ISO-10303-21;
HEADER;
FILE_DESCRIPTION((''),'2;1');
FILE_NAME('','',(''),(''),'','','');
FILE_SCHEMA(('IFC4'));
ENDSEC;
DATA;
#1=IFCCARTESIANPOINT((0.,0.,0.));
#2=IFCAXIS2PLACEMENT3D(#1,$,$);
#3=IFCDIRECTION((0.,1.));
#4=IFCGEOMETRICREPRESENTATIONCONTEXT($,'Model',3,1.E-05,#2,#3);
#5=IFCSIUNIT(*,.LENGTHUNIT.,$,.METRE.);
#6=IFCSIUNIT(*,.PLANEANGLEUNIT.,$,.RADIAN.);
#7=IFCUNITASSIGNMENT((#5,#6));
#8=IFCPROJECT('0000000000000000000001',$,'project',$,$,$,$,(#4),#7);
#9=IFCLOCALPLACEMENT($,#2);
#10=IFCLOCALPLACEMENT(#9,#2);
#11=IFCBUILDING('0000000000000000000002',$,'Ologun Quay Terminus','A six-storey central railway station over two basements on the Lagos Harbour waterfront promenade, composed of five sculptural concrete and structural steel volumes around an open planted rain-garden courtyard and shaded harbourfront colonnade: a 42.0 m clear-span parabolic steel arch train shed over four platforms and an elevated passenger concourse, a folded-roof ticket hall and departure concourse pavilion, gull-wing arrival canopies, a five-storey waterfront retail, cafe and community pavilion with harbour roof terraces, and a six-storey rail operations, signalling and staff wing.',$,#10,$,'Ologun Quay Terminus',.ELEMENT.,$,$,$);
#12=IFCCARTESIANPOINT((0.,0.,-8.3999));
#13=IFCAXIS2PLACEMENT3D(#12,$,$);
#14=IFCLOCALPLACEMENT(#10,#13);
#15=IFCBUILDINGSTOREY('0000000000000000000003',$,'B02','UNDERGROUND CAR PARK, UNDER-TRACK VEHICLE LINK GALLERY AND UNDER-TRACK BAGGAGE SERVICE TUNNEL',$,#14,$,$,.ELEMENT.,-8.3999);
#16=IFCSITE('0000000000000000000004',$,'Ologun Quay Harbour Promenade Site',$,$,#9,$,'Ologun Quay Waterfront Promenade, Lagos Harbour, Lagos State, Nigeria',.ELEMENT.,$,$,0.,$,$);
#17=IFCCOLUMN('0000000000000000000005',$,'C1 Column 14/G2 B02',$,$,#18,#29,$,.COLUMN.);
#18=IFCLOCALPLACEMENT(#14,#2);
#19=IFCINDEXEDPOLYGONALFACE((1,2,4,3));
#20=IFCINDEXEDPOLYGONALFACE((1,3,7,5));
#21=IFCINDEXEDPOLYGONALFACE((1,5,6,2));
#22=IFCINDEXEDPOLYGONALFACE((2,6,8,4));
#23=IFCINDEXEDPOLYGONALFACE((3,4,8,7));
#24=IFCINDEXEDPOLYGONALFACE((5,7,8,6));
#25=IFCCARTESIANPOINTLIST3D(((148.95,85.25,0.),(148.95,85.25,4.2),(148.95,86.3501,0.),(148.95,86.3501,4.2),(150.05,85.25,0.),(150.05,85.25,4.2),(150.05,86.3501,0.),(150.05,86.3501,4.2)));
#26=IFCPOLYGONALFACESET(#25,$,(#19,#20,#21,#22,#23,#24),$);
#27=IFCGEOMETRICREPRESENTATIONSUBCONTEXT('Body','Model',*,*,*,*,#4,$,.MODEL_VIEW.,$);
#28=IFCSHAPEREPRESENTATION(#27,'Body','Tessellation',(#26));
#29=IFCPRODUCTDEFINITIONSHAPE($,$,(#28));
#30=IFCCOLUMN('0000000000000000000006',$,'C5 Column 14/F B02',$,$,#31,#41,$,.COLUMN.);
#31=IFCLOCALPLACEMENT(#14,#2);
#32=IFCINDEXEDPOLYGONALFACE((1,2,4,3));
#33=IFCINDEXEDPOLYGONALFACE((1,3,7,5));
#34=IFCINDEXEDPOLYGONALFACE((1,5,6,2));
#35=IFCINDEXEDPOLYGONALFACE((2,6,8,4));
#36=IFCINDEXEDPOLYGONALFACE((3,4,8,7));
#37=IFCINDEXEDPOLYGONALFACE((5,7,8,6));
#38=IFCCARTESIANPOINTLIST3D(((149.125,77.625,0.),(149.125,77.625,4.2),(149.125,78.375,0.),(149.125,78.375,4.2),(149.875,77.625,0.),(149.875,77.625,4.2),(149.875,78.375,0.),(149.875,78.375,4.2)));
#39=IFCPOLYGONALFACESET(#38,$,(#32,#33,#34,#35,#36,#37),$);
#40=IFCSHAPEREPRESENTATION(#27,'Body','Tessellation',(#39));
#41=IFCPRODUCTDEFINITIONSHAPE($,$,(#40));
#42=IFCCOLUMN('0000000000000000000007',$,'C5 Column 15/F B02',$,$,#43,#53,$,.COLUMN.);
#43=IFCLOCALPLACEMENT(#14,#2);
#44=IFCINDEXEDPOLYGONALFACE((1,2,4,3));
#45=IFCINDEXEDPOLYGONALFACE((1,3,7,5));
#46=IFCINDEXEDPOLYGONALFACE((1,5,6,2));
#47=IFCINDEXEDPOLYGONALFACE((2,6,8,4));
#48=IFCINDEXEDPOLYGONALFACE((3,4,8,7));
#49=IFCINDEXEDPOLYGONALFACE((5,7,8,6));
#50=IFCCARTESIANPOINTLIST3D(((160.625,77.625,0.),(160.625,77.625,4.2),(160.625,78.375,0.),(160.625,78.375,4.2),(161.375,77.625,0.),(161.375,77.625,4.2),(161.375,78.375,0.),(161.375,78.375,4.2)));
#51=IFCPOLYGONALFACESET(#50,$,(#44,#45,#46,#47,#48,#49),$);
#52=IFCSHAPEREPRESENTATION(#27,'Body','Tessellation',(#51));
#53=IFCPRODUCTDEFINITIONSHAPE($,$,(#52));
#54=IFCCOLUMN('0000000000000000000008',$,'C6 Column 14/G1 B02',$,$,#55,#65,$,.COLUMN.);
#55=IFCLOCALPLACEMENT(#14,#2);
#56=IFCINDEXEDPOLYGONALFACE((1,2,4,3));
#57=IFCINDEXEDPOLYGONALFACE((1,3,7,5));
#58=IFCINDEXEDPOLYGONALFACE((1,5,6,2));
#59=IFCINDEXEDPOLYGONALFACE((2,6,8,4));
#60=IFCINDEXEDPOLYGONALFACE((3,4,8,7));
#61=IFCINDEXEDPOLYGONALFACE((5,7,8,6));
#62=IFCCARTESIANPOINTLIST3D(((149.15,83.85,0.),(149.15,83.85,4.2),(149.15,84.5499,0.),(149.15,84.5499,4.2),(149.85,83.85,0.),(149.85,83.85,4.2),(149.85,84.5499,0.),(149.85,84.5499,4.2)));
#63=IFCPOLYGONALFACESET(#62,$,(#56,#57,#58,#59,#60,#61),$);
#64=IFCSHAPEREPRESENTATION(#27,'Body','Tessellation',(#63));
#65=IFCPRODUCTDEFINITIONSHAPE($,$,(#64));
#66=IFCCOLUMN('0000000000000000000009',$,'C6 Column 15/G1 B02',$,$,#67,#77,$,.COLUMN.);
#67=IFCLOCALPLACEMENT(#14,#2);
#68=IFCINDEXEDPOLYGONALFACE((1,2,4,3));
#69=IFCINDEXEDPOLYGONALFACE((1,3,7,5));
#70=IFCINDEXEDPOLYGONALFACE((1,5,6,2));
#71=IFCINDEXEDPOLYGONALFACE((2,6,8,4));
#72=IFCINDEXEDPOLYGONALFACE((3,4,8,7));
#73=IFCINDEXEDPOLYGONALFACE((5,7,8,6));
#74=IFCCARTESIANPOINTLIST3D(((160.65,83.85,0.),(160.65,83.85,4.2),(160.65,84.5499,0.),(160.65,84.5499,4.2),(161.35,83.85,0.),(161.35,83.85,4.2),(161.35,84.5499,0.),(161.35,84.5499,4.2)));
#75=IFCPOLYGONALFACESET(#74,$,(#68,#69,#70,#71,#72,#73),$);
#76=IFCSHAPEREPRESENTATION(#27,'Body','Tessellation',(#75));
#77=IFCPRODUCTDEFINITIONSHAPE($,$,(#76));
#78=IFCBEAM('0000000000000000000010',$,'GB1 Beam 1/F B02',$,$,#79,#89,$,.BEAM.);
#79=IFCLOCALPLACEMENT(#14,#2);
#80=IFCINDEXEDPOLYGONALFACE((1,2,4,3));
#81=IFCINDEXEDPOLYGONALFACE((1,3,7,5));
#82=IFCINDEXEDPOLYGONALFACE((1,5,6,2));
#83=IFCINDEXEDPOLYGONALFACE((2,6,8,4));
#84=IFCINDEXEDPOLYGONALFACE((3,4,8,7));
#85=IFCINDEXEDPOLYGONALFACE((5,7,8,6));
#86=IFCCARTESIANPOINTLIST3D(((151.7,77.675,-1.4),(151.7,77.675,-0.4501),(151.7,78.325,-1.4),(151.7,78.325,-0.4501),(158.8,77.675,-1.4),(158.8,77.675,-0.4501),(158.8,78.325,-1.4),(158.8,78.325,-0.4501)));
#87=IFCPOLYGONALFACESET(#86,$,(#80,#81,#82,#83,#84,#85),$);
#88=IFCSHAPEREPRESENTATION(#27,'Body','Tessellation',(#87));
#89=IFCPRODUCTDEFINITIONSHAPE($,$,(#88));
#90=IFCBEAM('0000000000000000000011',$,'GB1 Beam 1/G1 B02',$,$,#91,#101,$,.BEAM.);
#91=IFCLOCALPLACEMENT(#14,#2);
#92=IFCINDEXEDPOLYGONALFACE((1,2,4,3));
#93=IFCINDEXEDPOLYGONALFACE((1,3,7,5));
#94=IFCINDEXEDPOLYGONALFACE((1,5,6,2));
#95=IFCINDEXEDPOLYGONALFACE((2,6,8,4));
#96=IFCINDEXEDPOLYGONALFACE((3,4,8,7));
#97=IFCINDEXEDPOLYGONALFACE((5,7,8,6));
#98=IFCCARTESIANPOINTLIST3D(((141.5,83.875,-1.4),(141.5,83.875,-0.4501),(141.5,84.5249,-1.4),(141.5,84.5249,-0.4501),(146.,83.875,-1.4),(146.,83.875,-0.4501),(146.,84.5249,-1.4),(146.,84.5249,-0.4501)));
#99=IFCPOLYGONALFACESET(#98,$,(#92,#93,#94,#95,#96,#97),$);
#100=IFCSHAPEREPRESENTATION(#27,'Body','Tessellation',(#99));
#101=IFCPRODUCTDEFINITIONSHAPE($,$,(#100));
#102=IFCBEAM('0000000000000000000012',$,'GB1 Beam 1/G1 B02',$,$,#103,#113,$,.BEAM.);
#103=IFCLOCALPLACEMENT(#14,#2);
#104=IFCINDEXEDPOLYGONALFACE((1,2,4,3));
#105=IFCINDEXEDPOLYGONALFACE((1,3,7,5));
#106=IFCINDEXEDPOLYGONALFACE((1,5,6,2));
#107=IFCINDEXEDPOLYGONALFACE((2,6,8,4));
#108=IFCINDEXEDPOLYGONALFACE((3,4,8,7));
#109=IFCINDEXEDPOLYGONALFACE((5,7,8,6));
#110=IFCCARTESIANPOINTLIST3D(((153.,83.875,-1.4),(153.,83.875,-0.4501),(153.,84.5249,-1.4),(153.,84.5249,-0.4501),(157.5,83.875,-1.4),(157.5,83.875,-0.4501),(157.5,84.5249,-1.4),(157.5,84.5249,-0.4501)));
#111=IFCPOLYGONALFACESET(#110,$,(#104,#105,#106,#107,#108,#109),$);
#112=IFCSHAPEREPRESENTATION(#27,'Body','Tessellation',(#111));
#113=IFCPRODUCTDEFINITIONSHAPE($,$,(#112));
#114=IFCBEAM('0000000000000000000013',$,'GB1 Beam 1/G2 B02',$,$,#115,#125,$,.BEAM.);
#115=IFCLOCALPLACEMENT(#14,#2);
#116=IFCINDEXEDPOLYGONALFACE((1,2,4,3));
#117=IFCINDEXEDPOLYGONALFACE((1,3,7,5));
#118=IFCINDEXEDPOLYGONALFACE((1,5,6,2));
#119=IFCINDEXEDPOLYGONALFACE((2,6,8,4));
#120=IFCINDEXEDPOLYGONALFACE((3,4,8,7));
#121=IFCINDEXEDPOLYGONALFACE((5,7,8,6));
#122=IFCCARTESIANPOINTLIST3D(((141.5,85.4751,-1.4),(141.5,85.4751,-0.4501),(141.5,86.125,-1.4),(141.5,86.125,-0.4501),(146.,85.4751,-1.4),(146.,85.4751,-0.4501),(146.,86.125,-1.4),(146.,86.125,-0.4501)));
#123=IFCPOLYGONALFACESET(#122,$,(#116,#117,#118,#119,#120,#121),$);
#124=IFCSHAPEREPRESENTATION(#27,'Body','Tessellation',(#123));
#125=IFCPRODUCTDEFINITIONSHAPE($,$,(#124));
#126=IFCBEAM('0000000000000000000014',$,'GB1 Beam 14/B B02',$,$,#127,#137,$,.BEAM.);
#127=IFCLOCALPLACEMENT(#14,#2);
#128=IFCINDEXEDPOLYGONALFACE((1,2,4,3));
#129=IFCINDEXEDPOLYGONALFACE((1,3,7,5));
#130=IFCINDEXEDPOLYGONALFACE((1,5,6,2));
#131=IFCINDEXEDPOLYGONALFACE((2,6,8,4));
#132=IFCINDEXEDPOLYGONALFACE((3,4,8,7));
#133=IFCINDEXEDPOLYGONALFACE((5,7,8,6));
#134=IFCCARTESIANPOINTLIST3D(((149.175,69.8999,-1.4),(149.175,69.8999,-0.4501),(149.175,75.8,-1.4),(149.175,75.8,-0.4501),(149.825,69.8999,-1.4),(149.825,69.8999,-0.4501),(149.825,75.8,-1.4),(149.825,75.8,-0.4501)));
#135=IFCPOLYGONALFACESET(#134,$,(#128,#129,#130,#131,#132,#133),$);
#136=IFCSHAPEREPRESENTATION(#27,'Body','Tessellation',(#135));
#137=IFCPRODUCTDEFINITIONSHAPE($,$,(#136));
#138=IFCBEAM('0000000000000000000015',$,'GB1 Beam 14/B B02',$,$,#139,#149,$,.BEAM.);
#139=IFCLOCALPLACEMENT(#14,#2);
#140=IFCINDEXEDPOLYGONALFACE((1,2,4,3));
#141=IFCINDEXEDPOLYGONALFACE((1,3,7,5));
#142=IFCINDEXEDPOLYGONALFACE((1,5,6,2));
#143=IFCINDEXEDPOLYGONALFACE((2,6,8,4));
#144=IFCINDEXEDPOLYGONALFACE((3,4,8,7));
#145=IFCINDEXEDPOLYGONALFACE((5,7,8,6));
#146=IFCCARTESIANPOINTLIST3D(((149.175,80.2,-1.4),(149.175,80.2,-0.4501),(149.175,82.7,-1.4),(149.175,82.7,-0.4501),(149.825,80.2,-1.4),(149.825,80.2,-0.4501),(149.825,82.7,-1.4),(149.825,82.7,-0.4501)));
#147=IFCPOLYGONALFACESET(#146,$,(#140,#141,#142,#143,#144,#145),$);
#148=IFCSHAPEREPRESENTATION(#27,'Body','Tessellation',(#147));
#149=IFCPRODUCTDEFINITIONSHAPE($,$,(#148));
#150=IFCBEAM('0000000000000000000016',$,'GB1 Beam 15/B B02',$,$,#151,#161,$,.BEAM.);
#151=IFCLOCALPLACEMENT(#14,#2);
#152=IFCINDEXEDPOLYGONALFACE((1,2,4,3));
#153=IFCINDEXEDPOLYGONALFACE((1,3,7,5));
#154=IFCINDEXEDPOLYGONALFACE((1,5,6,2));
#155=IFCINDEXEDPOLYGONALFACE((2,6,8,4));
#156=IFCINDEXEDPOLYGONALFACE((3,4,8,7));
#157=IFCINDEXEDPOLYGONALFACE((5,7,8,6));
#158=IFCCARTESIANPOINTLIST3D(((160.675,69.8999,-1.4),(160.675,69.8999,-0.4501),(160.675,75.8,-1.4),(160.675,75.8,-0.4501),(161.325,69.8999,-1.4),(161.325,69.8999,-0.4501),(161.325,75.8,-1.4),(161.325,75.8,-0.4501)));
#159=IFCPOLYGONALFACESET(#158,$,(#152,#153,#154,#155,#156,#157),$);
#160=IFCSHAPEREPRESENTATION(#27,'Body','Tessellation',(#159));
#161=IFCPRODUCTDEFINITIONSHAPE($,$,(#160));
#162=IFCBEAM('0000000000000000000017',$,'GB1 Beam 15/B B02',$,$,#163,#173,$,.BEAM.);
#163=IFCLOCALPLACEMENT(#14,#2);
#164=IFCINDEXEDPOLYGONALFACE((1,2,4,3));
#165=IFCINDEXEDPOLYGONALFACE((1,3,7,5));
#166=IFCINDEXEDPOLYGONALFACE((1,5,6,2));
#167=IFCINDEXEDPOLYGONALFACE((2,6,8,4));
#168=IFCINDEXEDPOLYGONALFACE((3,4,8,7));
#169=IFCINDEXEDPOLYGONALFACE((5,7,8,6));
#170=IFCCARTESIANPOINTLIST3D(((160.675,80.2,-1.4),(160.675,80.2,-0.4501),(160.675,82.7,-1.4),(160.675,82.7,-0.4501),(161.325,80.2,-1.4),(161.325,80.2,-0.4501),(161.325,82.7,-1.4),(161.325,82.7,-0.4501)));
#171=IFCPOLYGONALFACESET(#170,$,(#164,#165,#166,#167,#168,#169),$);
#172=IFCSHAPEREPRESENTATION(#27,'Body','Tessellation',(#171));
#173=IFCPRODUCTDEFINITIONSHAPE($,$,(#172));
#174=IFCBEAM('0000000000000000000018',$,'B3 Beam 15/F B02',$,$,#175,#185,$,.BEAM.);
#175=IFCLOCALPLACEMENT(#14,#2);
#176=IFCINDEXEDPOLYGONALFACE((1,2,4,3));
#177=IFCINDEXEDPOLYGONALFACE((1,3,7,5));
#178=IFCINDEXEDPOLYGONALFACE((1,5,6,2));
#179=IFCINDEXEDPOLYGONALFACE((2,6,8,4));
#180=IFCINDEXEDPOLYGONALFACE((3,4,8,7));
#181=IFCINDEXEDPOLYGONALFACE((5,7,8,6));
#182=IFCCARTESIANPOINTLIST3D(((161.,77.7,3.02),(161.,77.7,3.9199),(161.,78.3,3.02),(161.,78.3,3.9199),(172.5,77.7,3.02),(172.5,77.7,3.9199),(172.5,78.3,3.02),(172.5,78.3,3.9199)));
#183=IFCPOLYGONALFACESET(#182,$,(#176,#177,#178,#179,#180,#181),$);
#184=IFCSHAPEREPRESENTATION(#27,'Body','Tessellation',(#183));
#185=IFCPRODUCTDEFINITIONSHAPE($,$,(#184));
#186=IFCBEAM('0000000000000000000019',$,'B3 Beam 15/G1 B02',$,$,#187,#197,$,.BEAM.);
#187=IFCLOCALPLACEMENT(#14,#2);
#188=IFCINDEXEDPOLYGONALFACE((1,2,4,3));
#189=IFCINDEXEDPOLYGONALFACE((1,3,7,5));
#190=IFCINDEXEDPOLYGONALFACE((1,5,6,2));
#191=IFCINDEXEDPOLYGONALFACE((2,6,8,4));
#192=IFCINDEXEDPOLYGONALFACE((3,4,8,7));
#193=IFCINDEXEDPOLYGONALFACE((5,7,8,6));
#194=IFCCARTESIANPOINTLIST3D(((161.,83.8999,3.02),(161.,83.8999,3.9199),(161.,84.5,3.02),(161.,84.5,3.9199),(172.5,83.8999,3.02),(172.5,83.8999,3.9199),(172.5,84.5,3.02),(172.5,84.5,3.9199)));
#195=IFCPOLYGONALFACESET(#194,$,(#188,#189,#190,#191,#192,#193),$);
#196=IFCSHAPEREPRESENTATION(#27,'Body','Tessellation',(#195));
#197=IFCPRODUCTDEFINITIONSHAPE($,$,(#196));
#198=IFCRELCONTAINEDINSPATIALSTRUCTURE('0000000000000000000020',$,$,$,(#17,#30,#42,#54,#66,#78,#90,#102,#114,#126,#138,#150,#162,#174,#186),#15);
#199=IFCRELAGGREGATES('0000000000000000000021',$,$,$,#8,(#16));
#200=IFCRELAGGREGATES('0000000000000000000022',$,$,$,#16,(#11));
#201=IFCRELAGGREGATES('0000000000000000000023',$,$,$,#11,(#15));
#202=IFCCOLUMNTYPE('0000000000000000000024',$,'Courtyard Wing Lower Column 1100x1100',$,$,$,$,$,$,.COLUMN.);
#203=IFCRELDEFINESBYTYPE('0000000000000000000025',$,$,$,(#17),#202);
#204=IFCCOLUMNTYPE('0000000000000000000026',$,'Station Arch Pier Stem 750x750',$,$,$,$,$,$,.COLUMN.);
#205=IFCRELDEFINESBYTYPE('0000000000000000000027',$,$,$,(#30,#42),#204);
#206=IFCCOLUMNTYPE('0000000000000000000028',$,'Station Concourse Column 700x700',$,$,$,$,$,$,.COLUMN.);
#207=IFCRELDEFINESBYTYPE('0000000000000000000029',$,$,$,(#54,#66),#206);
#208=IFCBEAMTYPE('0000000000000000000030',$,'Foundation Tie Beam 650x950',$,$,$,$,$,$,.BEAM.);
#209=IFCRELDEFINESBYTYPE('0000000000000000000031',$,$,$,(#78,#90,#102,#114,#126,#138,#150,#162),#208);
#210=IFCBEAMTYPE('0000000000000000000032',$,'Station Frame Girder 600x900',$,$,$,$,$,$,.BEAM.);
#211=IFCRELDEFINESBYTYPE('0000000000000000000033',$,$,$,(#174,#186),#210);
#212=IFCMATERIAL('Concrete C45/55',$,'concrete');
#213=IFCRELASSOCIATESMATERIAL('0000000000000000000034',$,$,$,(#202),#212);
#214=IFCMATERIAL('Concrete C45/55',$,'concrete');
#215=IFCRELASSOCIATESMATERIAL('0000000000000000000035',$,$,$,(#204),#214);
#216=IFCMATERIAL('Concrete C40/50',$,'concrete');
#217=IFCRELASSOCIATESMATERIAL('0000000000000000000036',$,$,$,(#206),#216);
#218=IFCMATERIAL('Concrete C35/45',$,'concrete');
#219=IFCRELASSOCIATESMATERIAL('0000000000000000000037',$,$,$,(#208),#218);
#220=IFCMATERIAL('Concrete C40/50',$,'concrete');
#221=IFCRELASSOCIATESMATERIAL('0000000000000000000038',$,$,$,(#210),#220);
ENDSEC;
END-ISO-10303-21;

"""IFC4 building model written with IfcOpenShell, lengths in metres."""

from ifc_helpers import new_model, si_unit, direction, frame, origin, origin_2d, place, context, subcontext, project, spatial, rectangle, extrude, material, material_profile, profile_set, type_object, element, save


model = new_model("IFC4")

# Units and contexts
model_context = context("Model", 3, precision=1e-05, world=origin(), true_north=direction((0.0, 1.0)))
body_context = subcontext(model_context, "Body", "Model", "MODEL_VIEW")
ifc_project = project(units=[si_unit("LENGTHUNIT", "METRE"), si_unit("PLANEANGLEUNIT", "RADIAN")], contexts=[model_context])

# Site, building, storey
site_placement = place(None, origin())
site = spatial("IfcSite", under=ifc_project, at=site_placement, Name="Ologun Quay Harbour Promenade Site", LongName="Ologun Quay Waterfront Promenade, Lagos Harbour, Lagos State, Nigeria", CompositionType="ELEMENT", RefElevation=0.0)
building_placement = place(site_placement, origin())
building = spatial("IfcBuilding", under=site, at=building_placement, Name="Ologun Quay Terminus", Description="A six-storey central railway station over two basements on the Lagos Harbour waterfront promenade, composed of five sculptural concrete and structural steel volumes around an open planted rain-garden courtyard and shaded harbourfront colonnade: a 42.0 m clear-span parabolic steel arch train shed over four platforms and an elevated passenger concourse, a folded-roof ticket hall and departure concourse pavilion, gull-wing arrival canopies, a five-storey waterfront retail, cafe and community pavilion with harbour roof terraces, and a six-storey rail operations, signalling and staff wing.", LongName="Ologun Quay Terminus", CompositionType="ELEMENT")
storey_placement = place(building_placement, frame((0.0, 0.0, -8.3999)))
storey = spatial("IfcBuildingStorey", under=building, at=storey_placement, Name="B02", Description="UNDERGROUND CAR PARK, UNDER-TRACK VEHICLE LINK GALLERY AND UNDER-TRACK BAGGAGE SERVICE TUNNEL", CompositionType="ELEMENT", Elevation=-8.3999)

# Columns
ifc_material_1 = material(Name="Concrete C45/55", Category="concrete")
ifc_material_profile_1 = material_profile(ifc_material_1, rectangle(XDim=1.1001, YDim=1.1001, at=origin_2d()), Name="RC 1100x1100")
ifc_profile_set_1 = profile_set([ifc_material_profile_1], Name="Concrete C45/55")
column_type_1 = type_object("IfcColumnType", Name="Courtyard Wing Lower Column 1100x1100", PredefinedType="COLUMN", material=ifc_profile_set_1)
column_placement = place(storey_placement, frame((149.5, 85.8, 0.0), z_axis=(0.0, 0.0, 1.0), x_axis=(1.0, 0.0, 0.0)))
element("IfcColumn", 1, at=column_placement, inside=storey, type_object=column_type_1, Name="C1 Column 14/G2 B02", PredefinedType="COLUMN", context=body_context, shape_type="SweptSolid", body=[
    extrude(rectangle(XDim=1.1001, YDim=1.1001, at=origin_2d()), origin(), (0.0, 0.0, 1.0), 4.2),
])
ifc_material_2 = material(Name="Concrete C45/55", Category="concrete")
ifc_material_profile_2 = material_profile(ifc_material_2, rectangle(XDim=0.75, YDim=0.75, at=origin_2d()), Name="RC 750x750")
ifc_profile_set_2 = profile_set([ifc_material_profile_2], Name="Concrete C45/55")
column_type_2 = type_object("IfcColumnType", Name="Station Arch Pier Stem 750x750", PredefinedType="COLUMN", material=ifc_profile_set_2)
for number, where, z_axis, x_axis, name in (
    (2, (149.5, 78.0, 0.0), (0.0, 0.0, 1.0), (1.0, 0.0, 0.0), "C5 Column 14/F B02"),
    (3, (161.0, 78.0, 0.0), (0.0, 0.0, 1.0), (1.0, 0.0, 0.0), "C5 Column 15/F B02"),
):
    element("IfcColumn", number, at=place(storey_placement, frame(where, z_axis=z_axis, x_axis=x_axis)), inside=storey, type_object=column_type_2, Name=name, PredefinedType="COLUMN", context=body_context, shape_type="SweptSolid", body=[
        extrude(rectangle(XDim=0.75, YDim=0.75, at=origin_2d()), origin(), (0.0, 0.0, 1.0), 4.2),
    ])
ifc_material_3 = material(Name="Concrete C40/50", Category="concrete")
ifc_material_profile_3 = material_profile(ifc_material_3, rectangle(XDim=0.7, YDim=0.7, at=origin_2d()), Name="RC 700x700")
ifc_profile_set_3 = profile_set([ifc_material_profile_3], Name="Concrete C40/50")
column_type_3 = type_object("IfcColumnType", Name="Station Concourse Column 700x700", PredefinedType="COLUMN", material=ifc_profile_set_3)
for number, where, z_axis, x_axis, name in (
    (4, (149.5, 84.2, 0.0), (0.0, 0.0, 1.0), (1.0, 0.0, 0.0), "C6 Column 14/G1 B02"),
    (5, (161.0, 84.2, 0.0), (0.0, 0.0, 1.0), (1.0, 0.0, 0.0), "C6 Column 15/G1 B02"),
):
    element("IfcColumn", number, at=place(storey_placement, frame(where, z_axis=z_axis, x_axis=x_axis)), inside=storey, type_object=column_type_3, Name=name, PredefinedType="COLUMN", context=body_context, shape_type="SweptSolid", body=[
        extrude(rectangle(XDim=0.7, YDim=0.7, at=origin_2d()), origin(), (0.0, 0.0, 1.0), 4.2),
    ])

# Beams
ifc_material_4 = material(Name="Concrete C35/45", Category="concrete")
ifc_material_profile_4 = material_profile(ifc_material_4, rectangle(XDim=0.6499, YDim=0.95, at=origin_2d()), Name="RC 650x950")
ifc_profile_set_4 = profile_set([ifc_material_profile_4], Name="Concrete C35/45")
beam_type_1 = type_object("IfcBeamType", Name="Foundation Tie Beam 650x950", PredefinedType="BEAM", material=ifc_profile_set_4)
beam_1_placement = place(storey_placement, frame((151.7, 78.0, -0.925), z_axis=(1.0, 0.0, 0.0), x_axis=(0.0, 1.0, 0.0)))
element("IfcBeam", 6, at=beam_1_placement, inside=storey, type_object=beam_type_1, Name="GB1 Beam 1/F B02", PredefinedType="BEAM", context=body_context, shape_type="SweptSolid", body=[
    extrude(rectangle(XDim=0.6499, YDim=0.95, at=origin_2d()), origin(), (0.0, 0.0, 1.0), 7.1001),
])
for number, where, z_axis, x_axis, name in (
    (7, (141.5, 84.2, -0.925), (1.0, 0.0, 0.0), (0.0, 1.0, 0.0), "GB1 Beam 1/G1 B02"),
    (8, (153.0, 84.2, -0.925), (1.0, 0.0, 0.0), (0.0, 1.0, 0.0), "GB1 Beam 1/G1 B02"),
    (9, (141.5, 85.8, -0.925), (1.0, 0.0, 0.0), (0.0, 1.0, 0.0), "GB1 Beam 1/G2 B02"),
):
    element("IfcBeam", number, at=place(storey_placement, frame(where, z_axis=z_axis, x_axis=x_axis)), inside=storey, type_object=beam_type_1, Name=name, PredefinedType="BEAM", context=body_context, shape_type="SweptSolid", body=[
        extrude(rectangle(XDim=0.6499, YDim=0.95, at=origin_2d()), origin(), (0.0, 0.0, 1.0), 4.5),
    ])
beam_2_placement = place(storey_placement, frame((149.5, 69.8999, -0.925), z_axis=(0.0, 1.0, 0.0), x_axis=(-1.0, 0.0, 0.0)))
element("IfcBeam", 10, at=beam_2_placement, inside=storey, type_object=beam_type_1, Name="GB1 Beam 14/B B02", PredefinedType="BEAM", context=body_context, shape_type="SweptSolid", body=[
    extrude(rectangle(XDim=0.6499, YDim=0.95, at=origin_2d()), origin(), (0.0, 0.0, 1.0), 5.9001),
])
beam_3_placement = place(storey_placement, frame((149.5, 80.2, -0.925), z_axis=(0.0, 1.0, 0.0), x_axis=(-1.0, 0.0, 0.0)))
element("IfcBeam", 11, at=beam_3_placement, inside=storey, type_object=beam_type_1, Name="GB1 Beam 14/B B02", PredefinedType="BEAM", context=body_context, shape_type="SweptSolid", body=[
    extrude(rectangle(XDim=0.6499, YDim=0.95, at=origin_2d()), origin(), (0.0, 0.0, 1.0), 2.5),
])
beam_4_placement = place(storey_placement, frame((161.0, 69.8999, -0.925), z_axis=(0.0, 1.0, 0.0), x_axis=(-1.0, 0.0, 0.0)))
element("IfcBeam", 12, at=beam_4_placement, inside=storey, type_object=beam_type_1, Name="GB1 Beam 15/B B02", PredefinedType="BEAM", context=body_context, shape_type="SweptSolid", body=[
    extrude(rectangle(XDim=0.6499, YDim=0.95, at=origin_2d()), origin(), (0.0, 0.0, 1.0), 5.9001),
])
beam_5_placement = place(storey_placement, frame((161.0, 80.2, -0.925), z_axis=(0.0, 1.0, 0.0), x_axis=(-1.0, 0.0, 0.0)))
element("IfcBeam", 13, at=beam_5_placement, inside=storey, type_object=beam_type_1, Name="GB1 Beam 15/B B02", PredefinedType="BEAM", context=body_context, shape_type="SweptSolid", body=[
    extrude(rectangle(XDim=0.6499, YDim=0.95, at=origin_2d()), origin(), (0.0, 0.0, 1.0), 2.5),
])
ifc_material_5 = material(Name="Concrete C40/50", Category="concrete")
ifc_material_profile_5 = material_profile(ifc_material_5, rectangle(XDim=0.6001, YDim=0.8999, at=origin_2d()), Name="RC 600x900")
ifc_profile_set_5 = profile_set([ifc_material_profile_5], Name="Concrete C40/50")
beam_type_2 = type_object("IfcBeamType", Name="Station Frame Girder 600x900", PredefinedType="BEAM", material=ifc_profile_set_5)
for number, where, z_axis, x_axis, name in (
    (14, (161.0, 78.0, 3.47), (1.0, 0.0, 0.0), (0.0, 1.0, 0.0), "B3 Beam 15/F B02"),
    (15, (161.0, 84.2, 3.47), (1.0, 0.0, 0.0), (0.0, 1.0, 0.0), "B3 Beam 15/G1 B02"),
):
    element("IfcBeam", number, at=place(storey_placement, frame(where, z_axis=z_axis, x_axis=x_axis)), inside=storey, type_object=beam_type_2, Name=name, PredefinedType="BEAM", context=body_context, shape_type="SweptSolid", body=[
        extrude(rectangle(XDim=0.6001, YDim=0.8999, at=origin_2d()), origin(), (0.0, 0.0, 1.0), 11.5),
    ])

save(model, "model.ifc")
